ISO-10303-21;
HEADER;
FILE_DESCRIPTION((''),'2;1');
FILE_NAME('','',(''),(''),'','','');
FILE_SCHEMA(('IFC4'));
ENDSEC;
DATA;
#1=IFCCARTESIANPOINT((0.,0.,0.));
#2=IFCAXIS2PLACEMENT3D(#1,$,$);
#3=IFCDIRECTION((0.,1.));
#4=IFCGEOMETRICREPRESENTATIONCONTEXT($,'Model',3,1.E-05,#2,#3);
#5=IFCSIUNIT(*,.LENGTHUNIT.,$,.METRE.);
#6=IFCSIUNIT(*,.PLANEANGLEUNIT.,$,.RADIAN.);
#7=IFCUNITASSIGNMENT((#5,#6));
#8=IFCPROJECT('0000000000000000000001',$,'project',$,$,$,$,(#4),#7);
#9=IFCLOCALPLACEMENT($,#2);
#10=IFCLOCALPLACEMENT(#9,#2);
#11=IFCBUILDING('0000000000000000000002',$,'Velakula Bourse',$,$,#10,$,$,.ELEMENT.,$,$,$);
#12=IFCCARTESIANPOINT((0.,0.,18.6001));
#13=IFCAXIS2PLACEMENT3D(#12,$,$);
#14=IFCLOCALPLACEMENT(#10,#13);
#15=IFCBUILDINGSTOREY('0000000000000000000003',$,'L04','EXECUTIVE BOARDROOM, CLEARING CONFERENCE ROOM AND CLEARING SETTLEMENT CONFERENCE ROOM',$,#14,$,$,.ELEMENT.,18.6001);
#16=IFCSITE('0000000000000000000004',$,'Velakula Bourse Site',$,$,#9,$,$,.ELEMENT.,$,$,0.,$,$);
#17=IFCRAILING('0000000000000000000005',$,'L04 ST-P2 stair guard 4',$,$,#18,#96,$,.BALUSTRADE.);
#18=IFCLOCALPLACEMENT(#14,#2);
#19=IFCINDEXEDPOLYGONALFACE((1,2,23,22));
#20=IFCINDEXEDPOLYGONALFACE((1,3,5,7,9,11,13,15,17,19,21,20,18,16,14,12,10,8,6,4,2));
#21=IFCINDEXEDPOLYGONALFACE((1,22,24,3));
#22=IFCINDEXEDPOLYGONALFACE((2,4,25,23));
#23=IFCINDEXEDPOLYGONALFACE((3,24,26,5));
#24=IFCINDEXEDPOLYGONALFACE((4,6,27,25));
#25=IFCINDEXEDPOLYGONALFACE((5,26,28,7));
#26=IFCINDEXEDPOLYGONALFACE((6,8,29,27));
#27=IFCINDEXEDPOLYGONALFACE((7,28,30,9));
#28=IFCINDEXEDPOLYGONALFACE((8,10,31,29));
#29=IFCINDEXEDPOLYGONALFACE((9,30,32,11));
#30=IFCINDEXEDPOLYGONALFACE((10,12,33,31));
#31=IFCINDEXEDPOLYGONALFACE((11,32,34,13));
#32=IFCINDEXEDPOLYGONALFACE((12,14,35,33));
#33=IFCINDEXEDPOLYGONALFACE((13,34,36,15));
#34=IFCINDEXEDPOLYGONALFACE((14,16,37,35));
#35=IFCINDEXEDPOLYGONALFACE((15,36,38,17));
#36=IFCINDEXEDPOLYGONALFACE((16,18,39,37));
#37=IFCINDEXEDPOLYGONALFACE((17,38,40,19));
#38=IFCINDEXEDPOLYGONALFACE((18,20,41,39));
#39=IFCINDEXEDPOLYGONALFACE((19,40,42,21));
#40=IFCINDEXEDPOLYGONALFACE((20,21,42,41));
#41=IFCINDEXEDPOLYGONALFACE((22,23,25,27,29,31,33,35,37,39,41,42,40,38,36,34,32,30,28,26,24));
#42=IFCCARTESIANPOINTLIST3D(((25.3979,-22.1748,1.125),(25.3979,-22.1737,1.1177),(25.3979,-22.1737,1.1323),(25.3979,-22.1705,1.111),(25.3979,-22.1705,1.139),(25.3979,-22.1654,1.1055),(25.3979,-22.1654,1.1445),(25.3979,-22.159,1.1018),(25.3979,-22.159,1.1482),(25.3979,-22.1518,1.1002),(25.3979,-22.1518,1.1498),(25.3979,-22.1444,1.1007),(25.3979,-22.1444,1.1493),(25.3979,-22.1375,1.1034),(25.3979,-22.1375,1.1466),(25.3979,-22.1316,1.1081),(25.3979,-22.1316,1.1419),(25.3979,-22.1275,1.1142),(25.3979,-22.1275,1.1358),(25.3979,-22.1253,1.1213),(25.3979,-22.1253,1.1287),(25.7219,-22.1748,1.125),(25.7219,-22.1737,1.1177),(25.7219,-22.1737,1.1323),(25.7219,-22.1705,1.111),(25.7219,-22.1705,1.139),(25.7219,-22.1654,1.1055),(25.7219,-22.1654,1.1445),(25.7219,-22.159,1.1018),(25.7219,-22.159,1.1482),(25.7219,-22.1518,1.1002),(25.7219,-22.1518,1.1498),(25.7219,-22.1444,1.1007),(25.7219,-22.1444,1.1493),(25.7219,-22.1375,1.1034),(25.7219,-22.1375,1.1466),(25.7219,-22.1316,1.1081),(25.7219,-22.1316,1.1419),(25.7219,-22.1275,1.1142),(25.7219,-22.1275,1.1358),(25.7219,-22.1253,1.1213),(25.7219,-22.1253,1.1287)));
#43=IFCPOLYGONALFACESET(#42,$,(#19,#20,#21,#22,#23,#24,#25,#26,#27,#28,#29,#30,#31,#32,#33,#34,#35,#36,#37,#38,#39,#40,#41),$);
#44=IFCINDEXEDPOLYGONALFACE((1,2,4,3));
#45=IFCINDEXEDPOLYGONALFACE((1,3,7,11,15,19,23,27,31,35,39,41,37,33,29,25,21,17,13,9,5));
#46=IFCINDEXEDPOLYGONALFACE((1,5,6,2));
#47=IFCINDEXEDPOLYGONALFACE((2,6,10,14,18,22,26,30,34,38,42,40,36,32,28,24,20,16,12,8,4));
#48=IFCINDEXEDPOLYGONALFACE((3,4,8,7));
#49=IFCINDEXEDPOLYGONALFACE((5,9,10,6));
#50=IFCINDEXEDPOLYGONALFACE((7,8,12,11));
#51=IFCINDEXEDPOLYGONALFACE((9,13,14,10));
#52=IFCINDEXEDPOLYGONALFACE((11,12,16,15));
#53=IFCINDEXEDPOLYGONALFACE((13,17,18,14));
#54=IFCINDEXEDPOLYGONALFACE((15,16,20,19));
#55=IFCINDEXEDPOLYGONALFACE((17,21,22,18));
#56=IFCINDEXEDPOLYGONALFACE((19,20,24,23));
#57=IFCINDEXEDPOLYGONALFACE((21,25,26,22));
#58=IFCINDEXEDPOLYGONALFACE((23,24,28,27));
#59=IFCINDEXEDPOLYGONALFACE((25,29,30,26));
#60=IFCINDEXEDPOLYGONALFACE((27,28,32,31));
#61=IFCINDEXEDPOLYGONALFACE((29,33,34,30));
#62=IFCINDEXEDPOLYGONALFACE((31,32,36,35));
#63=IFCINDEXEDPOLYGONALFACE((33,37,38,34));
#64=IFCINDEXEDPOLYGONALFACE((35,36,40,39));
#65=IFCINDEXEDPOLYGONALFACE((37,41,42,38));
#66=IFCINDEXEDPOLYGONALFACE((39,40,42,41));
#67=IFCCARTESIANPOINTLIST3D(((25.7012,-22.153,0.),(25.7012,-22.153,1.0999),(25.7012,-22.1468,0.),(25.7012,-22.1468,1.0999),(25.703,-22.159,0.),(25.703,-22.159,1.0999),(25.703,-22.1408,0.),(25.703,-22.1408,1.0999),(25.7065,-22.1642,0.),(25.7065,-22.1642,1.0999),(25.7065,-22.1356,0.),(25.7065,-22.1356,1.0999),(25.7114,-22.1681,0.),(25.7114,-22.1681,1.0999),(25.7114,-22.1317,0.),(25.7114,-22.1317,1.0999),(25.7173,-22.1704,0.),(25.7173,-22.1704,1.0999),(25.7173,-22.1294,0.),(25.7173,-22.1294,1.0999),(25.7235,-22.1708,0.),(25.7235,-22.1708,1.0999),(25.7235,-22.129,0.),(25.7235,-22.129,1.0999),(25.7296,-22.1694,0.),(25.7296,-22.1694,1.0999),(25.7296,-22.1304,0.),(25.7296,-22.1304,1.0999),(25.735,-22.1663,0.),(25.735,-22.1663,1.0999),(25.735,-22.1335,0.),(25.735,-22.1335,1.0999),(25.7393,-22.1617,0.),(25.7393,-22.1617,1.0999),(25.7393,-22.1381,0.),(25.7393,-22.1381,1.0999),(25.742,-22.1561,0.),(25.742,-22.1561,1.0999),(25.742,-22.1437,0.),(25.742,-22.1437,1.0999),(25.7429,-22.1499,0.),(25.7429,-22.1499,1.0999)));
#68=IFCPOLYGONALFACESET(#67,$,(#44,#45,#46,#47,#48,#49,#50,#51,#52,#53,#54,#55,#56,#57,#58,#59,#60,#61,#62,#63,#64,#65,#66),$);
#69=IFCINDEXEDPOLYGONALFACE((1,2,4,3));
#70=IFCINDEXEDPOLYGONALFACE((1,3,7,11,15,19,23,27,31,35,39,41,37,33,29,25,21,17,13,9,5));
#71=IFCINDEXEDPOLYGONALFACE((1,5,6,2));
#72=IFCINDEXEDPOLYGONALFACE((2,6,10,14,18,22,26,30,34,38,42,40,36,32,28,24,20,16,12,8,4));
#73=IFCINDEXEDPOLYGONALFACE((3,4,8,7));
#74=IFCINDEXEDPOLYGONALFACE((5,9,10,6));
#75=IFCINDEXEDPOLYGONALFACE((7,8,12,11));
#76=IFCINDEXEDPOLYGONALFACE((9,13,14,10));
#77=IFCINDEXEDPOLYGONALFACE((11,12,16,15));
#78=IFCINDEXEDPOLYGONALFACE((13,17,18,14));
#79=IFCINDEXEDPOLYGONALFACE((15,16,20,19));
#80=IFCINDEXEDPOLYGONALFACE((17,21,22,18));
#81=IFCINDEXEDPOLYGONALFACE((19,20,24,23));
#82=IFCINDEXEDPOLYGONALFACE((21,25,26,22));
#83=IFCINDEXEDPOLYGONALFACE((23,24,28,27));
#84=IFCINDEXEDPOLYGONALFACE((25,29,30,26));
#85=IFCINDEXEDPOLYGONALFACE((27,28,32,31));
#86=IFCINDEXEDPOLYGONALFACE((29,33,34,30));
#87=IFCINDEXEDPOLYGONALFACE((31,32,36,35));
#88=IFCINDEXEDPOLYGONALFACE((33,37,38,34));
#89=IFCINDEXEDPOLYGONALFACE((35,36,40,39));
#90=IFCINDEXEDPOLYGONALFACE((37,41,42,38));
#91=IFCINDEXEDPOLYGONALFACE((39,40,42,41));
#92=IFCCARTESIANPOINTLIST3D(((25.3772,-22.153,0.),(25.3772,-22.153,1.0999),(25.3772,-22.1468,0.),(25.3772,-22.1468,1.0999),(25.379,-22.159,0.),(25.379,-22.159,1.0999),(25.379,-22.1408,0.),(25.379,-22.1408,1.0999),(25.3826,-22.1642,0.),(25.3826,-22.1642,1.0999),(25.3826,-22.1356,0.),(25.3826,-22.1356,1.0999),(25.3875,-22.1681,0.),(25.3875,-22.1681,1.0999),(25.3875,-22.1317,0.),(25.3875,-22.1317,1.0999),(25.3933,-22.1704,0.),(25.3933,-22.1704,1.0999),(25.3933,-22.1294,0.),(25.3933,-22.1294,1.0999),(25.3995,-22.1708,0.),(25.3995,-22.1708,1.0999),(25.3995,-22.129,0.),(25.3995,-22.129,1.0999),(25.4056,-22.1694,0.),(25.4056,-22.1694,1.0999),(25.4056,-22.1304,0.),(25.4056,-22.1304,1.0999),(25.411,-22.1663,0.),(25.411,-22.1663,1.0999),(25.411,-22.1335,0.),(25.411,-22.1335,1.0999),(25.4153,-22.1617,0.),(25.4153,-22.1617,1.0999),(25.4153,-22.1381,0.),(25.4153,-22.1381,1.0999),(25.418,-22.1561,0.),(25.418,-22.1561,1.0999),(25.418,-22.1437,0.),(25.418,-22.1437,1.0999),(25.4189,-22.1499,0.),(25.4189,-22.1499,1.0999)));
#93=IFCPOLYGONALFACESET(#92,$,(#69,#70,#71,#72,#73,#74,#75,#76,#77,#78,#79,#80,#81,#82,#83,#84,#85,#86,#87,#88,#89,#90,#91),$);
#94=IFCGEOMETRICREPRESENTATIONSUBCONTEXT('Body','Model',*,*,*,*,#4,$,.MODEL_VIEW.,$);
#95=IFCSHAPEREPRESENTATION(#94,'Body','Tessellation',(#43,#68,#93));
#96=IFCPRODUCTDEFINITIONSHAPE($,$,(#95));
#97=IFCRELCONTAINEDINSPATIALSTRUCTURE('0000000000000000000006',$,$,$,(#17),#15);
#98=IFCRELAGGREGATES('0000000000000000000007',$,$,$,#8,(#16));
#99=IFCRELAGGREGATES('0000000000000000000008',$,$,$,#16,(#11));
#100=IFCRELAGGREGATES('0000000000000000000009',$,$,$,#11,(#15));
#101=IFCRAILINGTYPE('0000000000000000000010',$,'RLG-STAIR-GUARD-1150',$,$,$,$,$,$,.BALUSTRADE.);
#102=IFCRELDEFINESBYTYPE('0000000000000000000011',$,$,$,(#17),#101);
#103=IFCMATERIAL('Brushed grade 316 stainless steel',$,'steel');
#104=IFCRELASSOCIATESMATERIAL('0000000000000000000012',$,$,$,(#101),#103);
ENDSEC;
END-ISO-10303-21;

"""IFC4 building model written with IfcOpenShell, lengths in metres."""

from ifc_helpers import new_model, si_unit, direction, frame, origin, origin_2d, place, context, subcontext, project, spatial, circle, extrude, material, type_object, element, save


model = new_model("IFC4")

# Units and contexts
model_context = context("Model", 3, precision=1e-05, world=origin(), true_north=direction((0.0, 1.0)))
body_context = subcontext(model_context, "Body", "Model", "MODEL_VIEW")
ifc_project = project(units=[si_unit("LENGTHUNIT", "METRE"), si_unit("PLANEANGLEUNIT", "RADIAN")], contexts=[model_context])

# Site, building, storey
site_placement = place(None, origin())
site = spatial("IfcSite", under=ifc_project, at=site_placement, Name="Velakula Bourse Site", CompositionType="ELEMENT", RefElevation=0.0)
building_placement = place(site_placement, origin())
building = spatial("IfcBuilding", under=site, at=building_placement, Name="Velakula Bourse", CompositionType="ELEMENT")
storey_placement = place(building_placement, frame((0.0, 0.0, 18.6001)))
storey = spatial("IfcBuildingStorey", under=building, at=storey_placement, Name="L04", Description="EXECUTIVE BOARDROOM, CLEARING CONFERENCE ROOM AND CLEARING SETTLEMENT CONFERENCE ROOM", CompositionType="ELEMENT", Elevation=18.6001)

# Railing
ifc_material_1 = material(Name="Brushed grade 316 stainless steel", Category="steel")
railing_type_1 = type_object("IfcRailingType", Name="RLG-STAIR-GUARD-1150", PredefinedType="BALUSTRADE", material=ifc_material_1)
railing_1_placement = place(storey_placement, frame((25.7219, -22.1499, 0.0)))
element("IfcRailing", 1, at=railing_1_placement, inside=storey, type_object=railing_type_1, Name="L04 ST-P2 stair guard 4", PredefinedType="BALUSTRADE", context=body_context, shape_type="SweptSolid", body=[
    extrude(circle(Radius=0.0249, at=origin_2d()), frame((0.0, 0.0, 1.125), z_axis=(-1.0, 0.0, 0.0), x_axis=(0.0, -1.0, 0.0)), (0.0, 0.0, 1.0), 0.324),
    extrude(circle(Radius=0.021, at=origin_2d()), origin(), (0.0, 0.0, 1.0), 1.0999),
    extrude(circle(Radius=0.021, at=origin_2d()), frame((-0.324, 0.0, 0.0)), (0.0, 0.0, 1.0), 1.0999),
])

save(model, "model.ifc")
